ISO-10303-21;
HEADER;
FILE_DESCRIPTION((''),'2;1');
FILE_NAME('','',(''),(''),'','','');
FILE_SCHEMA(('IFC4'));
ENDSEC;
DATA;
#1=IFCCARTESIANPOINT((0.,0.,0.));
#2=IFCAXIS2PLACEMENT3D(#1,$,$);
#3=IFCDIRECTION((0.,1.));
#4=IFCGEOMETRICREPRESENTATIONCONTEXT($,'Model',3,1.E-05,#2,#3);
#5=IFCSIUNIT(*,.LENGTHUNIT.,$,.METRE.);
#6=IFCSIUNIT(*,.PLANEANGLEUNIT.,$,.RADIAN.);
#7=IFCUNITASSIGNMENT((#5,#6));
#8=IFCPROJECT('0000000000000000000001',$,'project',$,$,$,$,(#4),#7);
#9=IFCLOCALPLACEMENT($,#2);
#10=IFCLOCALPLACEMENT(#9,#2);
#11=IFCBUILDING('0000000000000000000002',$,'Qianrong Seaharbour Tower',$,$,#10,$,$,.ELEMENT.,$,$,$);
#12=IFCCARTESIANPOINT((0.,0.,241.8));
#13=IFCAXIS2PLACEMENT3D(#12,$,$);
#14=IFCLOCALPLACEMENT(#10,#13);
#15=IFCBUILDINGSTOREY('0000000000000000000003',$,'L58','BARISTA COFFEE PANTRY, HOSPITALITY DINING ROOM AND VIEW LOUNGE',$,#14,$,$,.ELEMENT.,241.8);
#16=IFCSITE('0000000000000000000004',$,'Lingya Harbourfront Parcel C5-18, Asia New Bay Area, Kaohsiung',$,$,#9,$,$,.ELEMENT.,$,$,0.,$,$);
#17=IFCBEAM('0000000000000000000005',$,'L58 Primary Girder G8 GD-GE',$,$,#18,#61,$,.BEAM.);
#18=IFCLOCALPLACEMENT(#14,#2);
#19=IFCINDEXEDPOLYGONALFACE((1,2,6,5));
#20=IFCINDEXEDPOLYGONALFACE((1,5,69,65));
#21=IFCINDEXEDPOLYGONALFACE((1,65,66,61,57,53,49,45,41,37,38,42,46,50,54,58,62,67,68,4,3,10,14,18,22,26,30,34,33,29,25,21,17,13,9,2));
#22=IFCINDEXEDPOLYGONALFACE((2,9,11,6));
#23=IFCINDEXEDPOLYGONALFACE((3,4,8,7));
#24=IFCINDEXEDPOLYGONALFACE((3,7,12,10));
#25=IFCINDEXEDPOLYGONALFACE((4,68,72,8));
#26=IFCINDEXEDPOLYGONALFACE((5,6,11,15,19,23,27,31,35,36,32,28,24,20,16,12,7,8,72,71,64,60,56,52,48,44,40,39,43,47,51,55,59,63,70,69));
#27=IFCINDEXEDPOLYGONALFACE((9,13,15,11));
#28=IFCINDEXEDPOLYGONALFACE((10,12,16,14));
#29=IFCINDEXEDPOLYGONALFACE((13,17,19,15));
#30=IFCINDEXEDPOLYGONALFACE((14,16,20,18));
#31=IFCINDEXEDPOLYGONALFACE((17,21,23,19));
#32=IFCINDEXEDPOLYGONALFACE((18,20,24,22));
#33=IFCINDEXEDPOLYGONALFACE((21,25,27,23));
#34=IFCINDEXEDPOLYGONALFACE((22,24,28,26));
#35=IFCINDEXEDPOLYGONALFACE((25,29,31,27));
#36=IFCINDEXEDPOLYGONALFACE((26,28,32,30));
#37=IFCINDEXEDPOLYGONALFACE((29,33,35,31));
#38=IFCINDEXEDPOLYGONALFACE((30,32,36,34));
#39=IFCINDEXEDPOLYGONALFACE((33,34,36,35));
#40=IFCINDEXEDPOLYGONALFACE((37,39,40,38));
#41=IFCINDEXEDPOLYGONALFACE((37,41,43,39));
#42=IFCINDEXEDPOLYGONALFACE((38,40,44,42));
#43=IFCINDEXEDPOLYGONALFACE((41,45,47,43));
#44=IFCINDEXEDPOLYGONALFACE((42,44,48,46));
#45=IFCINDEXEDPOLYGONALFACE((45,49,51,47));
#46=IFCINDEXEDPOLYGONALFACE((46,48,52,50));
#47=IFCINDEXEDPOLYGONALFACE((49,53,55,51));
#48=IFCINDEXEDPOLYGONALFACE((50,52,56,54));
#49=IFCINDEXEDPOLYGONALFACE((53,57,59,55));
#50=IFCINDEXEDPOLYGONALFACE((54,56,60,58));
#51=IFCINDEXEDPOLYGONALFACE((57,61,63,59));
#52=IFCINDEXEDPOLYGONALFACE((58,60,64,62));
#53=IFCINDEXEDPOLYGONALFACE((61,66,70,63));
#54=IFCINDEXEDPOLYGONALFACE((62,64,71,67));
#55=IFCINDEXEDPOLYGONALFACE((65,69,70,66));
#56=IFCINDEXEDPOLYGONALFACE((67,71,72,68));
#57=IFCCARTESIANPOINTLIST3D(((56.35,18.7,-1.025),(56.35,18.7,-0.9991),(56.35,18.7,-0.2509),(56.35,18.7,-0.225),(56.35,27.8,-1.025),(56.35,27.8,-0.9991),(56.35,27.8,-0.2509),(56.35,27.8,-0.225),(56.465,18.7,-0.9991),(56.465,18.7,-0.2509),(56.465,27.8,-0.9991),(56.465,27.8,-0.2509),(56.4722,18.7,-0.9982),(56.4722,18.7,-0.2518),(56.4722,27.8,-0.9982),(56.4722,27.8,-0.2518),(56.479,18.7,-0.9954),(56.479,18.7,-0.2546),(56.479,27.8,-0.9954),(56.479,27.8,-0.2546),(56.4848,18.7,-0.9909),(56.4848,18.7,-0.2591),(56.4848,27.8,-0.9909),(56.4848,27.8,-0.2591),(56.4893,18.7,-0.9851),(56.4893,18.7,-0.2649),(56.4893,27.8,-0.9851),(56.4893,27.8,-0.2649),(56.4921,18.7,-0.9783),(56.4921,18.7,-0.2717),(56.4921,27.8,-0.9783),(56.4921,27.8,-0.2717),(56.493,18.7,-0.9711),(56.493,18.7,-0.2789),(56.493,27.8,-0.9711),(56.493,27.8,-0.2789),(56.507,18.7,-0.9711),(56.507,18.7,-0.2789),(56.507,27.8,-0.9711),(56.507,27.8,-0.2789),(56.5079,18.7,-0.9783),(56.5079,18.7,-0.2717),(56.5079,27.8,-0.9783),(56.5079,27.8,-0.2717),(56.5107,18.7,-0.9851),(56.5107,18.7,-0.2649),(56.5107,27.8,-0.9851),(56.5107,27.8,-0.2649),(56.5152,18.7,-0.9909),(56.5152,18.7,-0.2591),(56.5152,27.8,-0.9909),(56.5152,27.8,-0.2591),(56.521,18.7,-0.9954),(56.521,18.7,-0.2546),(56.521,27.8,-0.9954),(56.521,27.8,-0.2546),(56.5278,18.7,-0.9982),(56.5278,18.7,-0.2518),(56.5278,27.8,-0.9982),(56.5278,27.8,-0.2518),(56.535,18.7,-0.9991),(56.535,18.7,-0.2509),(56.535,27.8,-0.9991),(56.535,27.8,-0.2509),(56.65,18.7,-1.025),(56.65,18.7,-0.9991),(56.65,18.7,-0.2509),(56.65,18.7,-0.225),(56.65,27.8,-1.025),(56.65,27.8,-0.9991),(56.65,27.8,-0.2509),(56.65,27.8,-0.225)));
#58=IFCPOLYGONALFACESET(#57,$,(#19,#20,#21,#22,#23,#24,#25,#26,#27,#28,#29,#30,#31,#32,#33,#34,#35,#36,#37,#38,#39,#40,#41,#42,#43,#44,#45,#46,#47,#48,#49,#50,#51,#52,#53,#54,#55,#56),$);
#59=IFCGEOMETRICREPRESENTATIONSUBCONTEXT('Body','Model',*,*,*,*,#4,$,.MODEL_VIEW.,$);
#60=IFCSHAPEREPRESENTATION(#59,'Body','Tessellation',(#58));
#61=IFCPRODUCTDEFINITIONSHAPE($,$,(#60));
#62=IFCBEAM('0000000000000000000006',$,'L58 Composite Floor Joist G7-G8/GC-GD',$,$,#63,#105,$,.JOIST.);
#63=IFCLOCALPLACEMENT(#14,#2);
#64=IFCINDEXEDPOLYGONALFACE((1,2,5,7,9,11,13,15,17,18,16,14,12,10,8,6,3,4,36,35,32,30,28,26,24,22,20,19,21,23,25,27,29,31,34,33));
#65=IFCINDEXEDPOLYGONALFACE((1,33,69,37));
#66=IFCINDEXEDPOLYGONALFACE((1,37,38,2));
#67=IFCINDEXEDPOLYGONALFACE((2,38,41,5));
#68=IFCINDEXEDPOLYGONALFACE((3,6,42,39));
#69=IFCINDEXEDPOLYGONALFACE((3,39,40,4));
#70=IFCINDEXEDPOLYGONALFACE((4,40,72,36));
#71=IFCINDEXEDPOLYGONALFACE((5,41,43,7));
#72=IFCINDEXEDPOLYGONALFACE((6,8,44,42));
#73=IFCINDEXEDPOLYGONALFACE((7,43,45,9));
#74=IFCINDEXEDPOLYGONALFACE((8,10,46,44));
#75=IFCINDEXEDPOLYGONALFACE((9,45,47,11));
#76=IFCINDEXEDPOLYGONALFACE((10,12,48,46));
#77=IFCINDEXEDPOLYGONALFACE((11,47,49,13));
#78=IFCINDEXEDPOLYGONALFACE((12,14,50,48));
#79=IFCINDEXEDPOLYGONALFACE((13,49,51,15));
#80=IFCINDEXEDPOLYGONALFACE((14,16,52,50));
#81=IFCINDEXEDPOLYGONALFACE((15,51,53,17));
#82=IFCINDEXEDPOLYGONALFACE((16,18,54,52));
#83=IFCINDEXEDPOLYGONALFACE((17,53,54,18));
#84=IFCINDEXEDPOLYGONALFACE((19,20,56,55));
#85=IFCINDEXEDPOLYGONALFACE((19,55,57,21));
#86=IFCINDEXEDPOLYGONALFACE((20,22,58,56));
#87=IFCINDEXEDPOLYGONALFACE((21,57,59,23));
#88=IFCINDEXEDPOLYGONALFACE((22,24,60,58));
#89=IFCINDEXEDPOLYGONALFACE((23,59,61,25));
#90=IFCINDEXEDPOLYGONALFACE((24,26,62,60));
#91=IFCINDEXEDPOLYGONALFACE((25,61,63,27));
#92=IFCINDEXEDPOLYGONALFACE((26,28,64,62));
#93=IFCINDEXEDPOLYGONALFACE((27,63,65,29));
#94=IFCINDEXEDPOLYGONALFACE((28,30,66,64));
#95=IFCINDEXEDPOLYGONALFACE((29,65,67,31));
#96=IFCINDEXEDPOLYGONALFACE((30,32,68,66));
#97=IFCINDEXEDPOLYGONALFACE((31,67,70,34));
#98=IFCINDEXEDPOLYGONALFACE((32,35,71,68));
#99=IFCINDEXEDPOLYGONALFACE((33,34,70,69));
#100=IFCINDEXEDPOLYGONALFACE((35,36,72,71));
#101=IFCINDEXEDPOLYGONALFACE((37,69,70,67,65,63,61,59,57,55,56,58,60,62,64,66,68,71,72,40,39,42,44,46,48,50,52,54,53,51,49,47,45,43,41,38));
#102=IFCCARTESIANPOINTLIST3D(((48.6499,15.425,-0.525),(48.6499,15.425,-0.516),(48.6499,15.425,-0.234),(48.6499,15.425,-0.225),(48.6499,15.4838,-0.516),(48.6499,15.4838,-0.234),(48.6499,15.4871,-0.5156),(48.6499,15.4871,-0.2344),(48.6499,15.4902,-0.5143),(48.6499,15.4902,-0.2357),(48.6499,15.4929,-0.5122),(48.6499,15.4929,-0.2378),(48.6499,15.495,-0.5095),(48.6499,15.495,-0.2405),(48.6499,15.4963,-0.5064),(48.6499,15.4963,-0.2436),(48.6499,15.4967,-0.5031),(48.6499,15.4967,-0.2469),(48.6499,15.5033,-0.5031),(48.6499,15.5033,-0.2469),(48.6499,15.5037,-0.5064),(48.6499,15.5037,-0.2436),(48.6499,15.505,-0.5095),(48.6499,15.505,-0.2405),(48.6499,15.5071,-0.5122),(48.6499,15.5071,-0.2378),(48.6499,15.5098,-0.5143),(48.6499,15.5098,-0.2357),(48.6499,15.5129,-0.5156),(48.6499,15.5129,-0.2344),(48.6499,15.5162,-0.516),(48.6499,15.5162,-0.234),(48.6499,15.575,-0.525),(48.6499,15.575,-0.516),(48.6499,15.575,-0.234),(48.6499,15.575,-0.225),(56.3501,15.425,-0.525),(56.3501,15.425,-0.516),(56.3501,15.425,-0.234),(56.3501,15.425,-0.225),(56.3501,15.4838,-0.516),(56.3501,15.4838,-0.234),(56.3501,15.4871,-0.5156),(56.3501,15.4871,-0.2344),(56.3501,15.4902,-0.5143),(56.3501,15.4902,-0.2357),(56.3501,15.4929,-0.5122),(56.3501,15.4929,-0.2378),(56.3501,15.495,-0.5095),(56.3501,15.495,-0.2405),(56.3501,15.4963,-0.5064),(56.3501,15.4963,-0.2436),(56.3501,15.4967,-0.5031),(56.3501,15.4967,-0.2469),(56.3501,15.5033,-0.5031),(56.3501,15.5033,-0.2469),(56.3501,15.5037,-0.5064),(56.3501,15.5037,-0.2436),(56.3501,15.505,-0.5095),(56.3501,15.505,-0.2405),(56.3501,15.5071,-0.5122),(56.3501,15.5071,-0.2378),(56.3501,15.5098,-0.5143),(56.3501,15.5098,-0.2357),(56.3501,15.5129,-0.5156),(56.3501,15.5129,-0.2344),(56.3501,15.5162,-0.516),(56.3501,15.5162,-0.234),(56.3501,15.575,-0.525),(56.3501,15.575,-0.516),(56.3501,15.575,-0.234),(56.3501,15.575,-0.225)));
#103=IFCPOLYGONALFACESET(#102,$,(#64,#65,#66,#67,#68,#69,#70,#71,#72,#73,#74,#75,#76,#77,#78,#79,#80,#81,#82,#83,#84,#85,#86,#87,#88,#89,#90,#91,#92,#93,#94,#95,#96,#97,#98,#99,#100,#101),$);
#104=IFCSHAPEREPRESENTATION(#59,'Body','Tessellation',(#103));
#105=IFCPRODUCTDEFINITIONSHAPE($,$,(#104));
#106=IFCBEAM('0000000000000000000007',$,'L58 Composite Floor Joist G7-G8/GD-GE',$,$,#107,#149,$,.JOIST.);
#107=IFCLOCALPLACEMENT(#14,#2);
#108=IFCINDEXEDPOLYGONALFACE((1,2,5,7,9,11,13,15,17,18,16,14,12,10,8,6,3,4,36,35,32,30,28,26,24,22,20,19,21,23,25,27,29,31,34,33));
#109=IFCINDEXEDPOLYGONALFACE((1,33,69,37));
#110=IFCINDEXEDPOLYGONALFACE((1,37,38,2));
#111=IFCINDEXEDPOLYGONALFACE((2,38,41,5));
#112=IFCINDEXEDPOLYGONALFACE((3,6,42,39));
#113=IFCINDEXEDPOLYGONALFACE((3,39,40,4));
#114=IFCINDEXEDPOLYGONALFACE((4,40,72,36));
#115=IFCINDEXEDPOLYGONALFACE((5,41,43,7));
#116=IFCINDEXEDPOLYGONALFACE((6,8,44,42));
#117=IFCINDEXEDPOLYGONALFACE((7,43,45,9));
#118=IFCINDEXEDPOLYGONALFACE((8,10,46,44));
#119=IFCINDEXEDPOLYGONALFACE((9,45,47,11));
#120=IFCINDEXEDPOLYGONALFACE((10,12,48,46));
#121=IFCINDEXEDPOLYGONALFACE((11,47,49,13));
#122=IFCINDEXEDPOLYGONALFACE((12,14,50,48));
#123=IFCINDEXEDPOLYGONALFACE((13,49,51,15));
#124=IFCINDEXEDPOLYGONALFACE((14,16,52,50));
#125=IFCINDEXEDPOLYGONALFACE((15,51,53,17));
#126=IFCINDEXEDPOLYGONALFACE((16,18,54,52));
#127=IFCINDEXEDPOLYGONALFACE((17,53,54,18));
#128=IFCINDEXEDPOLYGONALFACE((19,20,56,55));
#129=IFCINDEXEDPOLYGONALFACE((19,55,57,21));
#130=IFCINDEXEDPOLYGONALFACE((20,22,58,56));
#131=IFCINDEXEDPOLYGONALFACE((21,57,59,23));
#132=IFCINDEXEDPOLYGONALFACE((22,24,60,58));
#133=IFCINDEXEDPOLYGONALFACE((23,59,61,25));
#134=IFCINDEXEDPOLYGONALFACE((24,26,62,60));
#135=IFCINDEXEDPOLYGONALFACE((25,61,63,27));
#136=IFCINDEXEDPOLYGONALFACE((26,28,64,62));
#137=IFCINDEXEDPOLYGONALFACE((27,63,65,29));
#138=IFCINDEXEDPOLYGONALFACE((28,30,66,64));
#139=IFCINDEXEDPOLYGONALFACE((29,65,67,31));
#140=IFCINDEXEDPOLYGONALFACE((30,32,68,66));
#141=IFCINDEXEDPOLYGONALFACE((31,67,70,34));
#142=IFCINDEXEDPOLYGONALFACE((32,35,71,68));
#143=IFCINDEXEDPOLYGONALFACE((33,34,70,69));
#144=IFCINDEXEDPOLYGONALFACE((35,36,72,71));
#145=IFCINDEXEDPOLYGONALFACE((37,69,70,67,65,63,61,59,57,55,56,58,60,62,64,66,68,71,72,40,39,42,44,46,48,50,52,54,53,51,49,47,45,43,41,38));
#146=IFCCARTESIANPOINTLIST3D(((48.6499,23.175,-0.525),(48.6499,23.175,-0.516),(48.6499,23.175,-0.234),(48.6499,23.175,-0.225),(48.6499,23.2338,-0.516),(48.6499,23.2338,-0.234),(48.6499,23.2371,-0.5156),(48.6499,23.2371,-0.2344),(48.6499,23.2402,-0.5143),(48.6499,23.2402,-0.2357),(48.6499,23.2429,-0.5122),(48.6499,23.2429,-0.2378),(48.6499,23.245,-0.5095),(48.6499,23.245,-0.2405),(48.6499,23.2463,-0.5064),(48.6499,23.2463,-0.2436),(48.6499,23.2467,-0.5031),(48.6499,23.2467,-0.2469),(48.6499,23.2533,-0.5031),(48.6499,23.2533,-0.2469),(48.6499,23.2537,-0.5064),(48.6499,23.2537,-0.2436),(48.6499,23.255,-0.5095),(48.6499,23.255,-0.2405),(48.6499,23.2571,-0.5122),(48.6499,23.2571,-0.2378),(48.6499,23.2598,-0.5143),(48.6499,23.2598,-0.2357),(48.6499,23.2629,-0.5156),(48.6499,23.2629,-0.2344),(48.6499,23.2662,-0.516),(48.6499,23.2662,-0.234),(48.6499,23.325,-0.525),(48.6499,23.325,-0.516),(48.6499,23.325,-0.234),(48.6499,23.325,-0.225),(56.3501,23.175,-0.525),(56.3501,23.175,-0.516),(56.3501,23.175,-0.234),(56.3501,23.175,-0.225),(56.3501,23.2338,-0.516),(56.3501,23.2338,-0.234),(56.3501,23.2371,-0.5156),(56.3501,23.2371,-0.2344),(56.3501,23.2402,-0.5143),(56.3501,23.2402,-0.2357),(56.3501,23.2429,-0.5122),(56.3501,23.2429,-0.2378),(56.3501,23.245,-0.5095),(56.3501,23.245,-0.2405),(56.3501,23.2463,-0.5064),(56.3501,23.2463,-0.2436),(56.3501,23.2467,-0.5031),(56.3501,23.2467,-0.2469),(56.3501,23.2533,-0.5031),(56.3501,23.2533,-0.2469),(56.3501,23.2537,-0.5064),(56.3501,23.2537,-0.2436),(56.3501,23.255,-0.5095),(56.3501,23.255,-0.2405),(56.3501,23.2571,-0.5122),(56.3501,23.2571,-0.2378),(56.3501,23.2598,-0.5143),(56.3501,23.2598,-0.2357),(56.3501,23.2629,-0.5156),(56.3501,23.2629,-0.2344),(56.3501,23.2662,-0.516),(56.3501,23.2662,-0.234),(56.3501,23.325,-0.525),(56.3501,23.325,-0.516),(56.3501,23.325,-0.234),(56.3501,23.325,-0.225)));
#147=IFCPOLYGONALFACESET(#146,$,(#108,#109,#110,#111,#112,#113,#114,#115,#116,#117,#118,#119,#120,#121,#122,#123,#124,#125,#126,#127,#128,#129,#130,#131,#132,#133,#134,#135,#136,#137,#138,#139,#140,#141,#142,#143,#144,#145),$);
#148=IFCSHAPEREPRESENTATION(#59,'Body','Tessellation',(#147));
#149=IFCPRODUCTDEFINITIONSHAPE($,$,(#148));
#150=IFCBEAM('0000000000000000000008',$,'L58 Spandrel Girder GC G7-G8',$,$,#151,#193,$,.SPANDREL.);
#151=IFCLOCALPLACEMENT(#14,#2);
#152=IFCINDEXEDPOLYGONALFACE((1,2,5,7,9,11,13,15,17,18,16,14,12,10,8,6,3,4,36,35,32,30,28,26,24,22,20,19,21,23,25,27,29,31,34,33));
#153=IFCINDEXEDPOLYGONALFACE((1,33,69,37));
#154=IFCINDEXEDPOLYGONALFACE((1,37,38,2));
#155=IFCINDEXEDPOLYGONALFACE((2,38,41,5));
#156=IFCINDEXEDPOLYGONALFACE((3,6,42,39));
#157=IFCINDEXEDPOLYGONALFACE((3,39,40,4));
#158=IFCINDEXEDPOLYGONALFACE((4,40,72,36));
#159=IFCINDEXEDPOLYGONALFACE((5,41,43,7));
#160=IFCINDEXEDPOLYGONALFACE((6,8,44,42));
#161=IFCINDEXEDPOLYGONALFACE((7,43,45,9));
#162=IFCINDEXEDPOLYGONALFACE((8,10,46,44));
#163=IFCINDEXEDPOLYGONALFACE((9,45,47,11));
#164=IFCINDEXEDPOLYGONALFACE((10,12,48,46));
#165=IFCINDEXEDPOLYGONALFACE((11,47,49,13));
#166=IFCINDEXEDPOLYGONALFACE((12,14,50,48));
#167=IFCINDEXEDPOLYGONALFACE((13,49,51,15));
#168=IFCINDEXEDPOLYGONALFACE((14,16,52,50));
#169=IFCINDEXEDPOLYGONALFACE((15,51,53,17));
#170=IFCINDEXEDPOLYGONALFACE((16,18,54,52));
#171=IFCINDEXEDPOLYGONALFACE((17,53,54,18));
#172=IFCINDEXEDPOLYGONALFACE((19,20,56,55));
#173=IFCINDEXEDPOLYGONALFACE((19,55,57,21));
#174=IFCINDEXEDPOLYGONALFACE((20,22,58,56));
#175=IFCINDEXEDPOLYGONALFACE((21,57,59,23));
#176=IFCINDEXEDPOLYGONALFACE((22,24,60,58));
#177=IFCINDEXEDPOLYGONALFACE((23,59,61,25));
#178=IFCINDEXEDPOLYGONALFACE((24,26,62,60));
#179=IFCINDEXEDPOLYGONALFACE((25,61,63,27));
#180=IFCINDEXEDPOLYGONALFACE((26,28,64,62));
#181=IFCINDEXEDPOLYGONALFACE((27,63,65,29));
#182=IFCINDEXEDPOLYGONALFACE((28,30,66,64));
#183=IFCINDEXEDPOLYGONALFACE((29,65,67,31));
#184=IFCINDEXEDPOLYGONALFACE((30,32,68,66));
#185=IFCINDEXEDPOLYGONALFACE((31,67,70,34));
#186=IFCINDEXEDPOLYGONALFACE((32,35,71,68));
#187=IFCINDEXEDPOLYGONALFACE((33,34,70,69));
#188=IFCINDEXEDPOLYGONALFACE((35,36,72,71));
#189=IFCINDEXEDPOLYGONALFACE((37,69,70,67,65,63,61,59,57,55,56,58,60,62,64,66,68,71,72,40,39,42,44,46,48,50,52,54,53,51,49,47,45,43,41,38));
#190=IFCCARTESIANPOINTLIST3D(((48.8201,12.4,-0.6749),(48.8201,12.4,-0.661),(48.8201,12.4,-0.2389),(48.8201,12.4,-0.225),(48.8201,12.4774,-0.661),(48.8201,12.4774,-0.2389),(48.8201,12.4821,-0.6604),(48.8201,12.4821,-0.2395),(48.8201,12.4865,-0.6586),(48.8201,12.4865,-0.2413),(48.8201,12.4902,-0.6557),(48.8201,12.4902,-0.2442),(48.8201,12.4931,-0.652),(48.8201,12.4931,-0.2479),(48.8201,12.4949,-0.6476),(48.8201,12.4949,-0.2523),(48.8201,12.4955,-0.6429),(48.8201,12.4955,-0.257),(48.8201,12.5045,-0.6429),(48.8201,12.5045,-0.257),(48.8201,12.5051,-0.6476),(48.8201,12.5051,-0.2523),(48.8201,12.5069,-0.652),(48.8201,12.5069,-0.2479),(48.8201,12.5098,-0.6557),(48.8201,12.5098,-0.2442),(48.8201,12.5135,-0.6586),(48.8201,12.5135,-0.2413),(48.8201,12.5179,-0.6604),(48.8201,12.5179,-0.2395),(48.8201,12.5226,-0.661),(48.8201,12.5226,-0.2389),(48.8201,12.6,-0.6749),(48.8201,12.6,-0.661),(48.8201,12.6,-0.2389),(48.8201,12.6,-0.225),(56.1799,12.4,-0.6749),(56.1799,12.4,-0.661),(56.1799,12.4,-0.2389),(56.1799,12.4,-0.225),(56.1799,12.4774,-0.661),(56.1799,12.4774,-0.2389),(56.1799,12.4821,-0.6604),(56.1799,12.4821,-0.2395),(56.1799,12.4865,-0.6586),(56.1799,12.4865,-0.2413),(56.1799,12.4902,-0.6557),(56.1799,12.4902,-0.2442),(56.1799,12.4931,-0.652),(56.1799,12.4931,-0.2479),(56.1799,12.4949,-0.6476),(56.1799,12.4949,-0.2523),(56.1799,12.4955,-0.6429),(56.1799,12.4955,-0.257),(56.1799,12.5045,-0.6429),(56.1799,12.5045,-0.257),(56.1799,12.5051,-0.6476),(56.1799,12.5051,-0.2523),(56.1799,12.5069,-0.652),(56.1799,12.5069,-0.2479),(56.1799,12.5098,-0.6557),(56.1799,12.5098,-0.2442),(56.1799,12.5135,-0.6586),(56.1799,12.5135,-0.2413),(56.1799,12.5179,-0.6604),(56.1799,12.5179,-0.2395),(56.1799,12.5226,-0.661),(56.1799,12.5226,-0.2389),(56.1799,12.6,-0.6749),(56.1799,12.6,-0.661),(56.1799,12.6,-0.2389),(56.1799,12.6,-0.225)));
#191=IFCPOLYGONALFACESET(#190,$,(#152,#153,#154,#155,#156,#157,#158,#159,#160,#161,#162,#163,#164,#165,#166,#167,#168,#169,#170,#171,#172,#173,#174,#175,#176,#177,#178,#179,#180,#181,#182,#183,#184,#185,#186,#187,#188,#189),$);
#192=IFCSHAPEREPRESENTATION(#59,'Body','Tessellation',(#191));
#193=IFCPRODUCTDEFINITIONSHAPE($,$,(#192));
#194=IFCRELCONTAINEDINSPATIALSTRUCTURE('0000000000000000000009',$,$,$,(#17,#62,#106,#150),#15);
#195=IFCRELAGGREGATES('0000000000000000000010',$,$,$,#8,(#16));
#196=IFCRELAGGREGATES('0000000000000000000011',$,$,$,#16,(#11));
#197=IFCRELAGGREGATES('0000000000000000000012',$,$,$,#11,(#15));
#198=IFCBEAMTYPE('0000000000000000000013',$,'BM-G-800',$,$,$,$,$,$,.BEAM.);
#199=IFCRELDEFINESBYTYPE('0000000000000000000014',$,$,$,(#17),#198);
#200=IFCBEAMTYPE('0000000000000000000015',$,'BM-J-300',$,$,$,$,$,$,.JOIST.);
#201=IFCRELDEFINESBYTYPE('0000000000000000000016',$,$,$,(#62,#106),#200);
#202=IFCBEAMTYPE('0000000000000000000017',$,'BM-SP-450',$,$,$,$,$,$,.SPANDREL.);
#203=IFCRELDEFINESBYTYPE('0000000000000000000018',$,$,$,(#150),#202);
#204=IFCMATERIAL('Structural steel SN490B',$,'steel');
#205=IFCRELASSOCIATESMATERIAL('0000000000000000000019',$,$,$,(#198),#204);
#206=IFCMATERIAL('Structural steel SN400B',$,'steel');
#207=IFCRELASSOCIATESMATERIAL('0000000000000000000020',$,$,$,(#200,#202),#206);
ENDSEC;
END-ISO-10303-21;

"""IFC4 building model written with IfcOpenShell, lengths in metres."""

from ifc_helpers import new_model, si_unit, direction, frame, origin, origin_2d, place, context, subcontext, project, spatial, i_section, extrude, material, material_profile, profile_set, type_object, element, save


model = new_model("IFC4")

# Units and contexts
model_context = context("Model", 3, precision=1e-05, world=origin(), true_north=direction((0.0, 1.0)))
body_context = subcontext(model_context, "Body", "Model", "MODEL_VIEW")
ifc_project = project(units=[si_unit("LENGTHUNIT", "METRE"), si_unit("PLANEANGLEUNIT", "RADIAN")], contexts=[model_context])

# Site, building, storey
site_placement = place(None, origin())
site = spatial("IfcSite", under=ifc_project, at=site_placement, Name="Lingya Harbourfront Parcel C5-18, Asia New Bay Area, Kaohsiung", CompositionType="ELEMENT", RefElevation=0.0)
building_placement = place(site_placement, origin())
building = spatial("IfcBuilding", under=site, at=building_placement, Name="Qianrong Seaharbour Tower", CompositionType="ELEMENT")
storey_placement = place(building_placement, frame((0.0, 0.0, 241.8)))
storey = spatial("IfcBuildingStorey", under=building, at=storey_placement, Name="L58", Description="BARISTA COFFEE PANTRY, HOSPITALITY DINING ROOM AND VIEW LOUNGE", CompositionType="ELEMENT", Elevation=241.8)

# Shared definitions
ifc_material_1 = material(Name="Structural steel SN490B", Category="steel")

# Beams
ifc_material_profile_1 = material_profile(ifc_material_1, i_section(OverallWidth=0.3, OverallDepth=0.8, WebThickness=0.0139, FlangeThickness=0.0259, FilletRadius=0.0281, at=origin_2d()), Name="H800x300x14x26")
ifc_profile_set_1 = profile_set([ifc_material_profile_1], Name="Structural steel SN490B")
beam_type_1 = type_object("IfcBeamType", Name="BM-G-800", PredefinedType="BEAM", material=ifc_profile_set_1)
for number, where, z_axis, x_axis, name in (
    (1, (56.5, 18.7, -0.625), (0.0, 1.0, 0.0), (-1.0, 0.0, 0.0), "L58 Primary Girder G8 GD-GE"),
):
    element("IfcBeam", number, at=place(storey_placement, frame(where, z_axis=z_axis, x_axis=x_axis)), inside=storey, type_object=beam_type_1, Name=name, PredefinedType="BEAM", context=body_context, shape_type="SweptSolid", body=[
        extrude(i_section(OverallWidth=0.3, OverallDepth=0.8, WebThickness=0.0139, FlangeThickness=0.0259, FilletRadius=0.0281, at=origin_2d()), origin(), (0.0, 0.0, 1.0), 9.1001),
    ])
ifc_material_2 = material(Name="Structural steel SN400B", Category="steel")
ifc_material_profile_2 = material_profile(ifc_material_2, i_section(OverallWidth=0.1499, OverallDepth=0.3, WebThickness=0.0066, FlangeThickness=0.009, FilletRadius=0.0129, at=origin_2d()), Name="H300x150x6.5x9")
ifc_profile_set_2 = profile_set([ifc_material_profile_2], Name="Structural steel SN400B")
beam_type_2 = type_object("IfcBeamType", Name="BM-J-300", PredefinedType="JOIST", material=ifc_profile_set_2)
for number, where, z_axis, x_axis, name in (
    (2, (48.6499, 15.5, -0.375), (1.0, 0.0, 0.0), (0.0, 1.0, 0.0), "L58 Composite Floor Joist G7-G8/GC-GD"),
    (3, (48.6499, 23.25, -0.375), (1.0, 0.0, 0.0), (0.0, 1.0, 0.0), "L58 Composite Floor Joist G7-G8/GD-GE"),
):
    element("IfcBeam", number, at=place(storey_placement, frame(where, z_axis=z_axis, x_axis=x_axis)), inside=storey, type_object=beam_type_2, Name=name, PredefinedType="JOIST", context=body_context, shape_type="SweptSolid", body=[
        extrude(i_section(OverallWidth=0.1499, OverallDepth=0.3, WebThickness=0.0066, FlangeThickness=0.009, FilletRadius=0.0129, at=origin_2d()), origin(), (0.0, 0.0, 1.0), 7.7002),
    ])
ifc_material_profile_3 = material_profile(ifc_material_2, i_section(OverallWidth=0.2, OverallDepth=0.45, WebThickness=0.009, FlangeThickness=0.0139, FilletRadius=0.0181, at=origin_2d()), Name="H450x200x9x14")
ifc_profile_set_3 = profile_set([ifc_material_profile_3], Name="Structural steel SN400B")
beam_type_3 = type_object("IfcBeamType", Name="BM-SP-450", PredefinedType="SPANDREL", material=ifc_profile_set_3)
beam_1_placement = place(storey_placement, frame((48.8201, 12.5, -0.45), z_axis=(1.0, 0.0, 0.0), x_axis=(0.0, 1.0, 0.0)))
element("IfcBeam", 4, at=beam_1_placement, inside=storey, type_object=beam_type_3, Name="L58 Spandrel Girder GC G7-G8", PredefinedType="SPANDREL", context=body_context, shape_type="SweptSolid", body=[
    extrude(i_section(OverallWidth=0.2, OverallDepth=0.45, WebThickness=0.009, FlangeThickness=0.0139, FilletRadius=0.0181, at=origin_2d()), origin(), (0.0, 0.0, 1.0), 7.3599),
])

save(model, "model.ifc")
